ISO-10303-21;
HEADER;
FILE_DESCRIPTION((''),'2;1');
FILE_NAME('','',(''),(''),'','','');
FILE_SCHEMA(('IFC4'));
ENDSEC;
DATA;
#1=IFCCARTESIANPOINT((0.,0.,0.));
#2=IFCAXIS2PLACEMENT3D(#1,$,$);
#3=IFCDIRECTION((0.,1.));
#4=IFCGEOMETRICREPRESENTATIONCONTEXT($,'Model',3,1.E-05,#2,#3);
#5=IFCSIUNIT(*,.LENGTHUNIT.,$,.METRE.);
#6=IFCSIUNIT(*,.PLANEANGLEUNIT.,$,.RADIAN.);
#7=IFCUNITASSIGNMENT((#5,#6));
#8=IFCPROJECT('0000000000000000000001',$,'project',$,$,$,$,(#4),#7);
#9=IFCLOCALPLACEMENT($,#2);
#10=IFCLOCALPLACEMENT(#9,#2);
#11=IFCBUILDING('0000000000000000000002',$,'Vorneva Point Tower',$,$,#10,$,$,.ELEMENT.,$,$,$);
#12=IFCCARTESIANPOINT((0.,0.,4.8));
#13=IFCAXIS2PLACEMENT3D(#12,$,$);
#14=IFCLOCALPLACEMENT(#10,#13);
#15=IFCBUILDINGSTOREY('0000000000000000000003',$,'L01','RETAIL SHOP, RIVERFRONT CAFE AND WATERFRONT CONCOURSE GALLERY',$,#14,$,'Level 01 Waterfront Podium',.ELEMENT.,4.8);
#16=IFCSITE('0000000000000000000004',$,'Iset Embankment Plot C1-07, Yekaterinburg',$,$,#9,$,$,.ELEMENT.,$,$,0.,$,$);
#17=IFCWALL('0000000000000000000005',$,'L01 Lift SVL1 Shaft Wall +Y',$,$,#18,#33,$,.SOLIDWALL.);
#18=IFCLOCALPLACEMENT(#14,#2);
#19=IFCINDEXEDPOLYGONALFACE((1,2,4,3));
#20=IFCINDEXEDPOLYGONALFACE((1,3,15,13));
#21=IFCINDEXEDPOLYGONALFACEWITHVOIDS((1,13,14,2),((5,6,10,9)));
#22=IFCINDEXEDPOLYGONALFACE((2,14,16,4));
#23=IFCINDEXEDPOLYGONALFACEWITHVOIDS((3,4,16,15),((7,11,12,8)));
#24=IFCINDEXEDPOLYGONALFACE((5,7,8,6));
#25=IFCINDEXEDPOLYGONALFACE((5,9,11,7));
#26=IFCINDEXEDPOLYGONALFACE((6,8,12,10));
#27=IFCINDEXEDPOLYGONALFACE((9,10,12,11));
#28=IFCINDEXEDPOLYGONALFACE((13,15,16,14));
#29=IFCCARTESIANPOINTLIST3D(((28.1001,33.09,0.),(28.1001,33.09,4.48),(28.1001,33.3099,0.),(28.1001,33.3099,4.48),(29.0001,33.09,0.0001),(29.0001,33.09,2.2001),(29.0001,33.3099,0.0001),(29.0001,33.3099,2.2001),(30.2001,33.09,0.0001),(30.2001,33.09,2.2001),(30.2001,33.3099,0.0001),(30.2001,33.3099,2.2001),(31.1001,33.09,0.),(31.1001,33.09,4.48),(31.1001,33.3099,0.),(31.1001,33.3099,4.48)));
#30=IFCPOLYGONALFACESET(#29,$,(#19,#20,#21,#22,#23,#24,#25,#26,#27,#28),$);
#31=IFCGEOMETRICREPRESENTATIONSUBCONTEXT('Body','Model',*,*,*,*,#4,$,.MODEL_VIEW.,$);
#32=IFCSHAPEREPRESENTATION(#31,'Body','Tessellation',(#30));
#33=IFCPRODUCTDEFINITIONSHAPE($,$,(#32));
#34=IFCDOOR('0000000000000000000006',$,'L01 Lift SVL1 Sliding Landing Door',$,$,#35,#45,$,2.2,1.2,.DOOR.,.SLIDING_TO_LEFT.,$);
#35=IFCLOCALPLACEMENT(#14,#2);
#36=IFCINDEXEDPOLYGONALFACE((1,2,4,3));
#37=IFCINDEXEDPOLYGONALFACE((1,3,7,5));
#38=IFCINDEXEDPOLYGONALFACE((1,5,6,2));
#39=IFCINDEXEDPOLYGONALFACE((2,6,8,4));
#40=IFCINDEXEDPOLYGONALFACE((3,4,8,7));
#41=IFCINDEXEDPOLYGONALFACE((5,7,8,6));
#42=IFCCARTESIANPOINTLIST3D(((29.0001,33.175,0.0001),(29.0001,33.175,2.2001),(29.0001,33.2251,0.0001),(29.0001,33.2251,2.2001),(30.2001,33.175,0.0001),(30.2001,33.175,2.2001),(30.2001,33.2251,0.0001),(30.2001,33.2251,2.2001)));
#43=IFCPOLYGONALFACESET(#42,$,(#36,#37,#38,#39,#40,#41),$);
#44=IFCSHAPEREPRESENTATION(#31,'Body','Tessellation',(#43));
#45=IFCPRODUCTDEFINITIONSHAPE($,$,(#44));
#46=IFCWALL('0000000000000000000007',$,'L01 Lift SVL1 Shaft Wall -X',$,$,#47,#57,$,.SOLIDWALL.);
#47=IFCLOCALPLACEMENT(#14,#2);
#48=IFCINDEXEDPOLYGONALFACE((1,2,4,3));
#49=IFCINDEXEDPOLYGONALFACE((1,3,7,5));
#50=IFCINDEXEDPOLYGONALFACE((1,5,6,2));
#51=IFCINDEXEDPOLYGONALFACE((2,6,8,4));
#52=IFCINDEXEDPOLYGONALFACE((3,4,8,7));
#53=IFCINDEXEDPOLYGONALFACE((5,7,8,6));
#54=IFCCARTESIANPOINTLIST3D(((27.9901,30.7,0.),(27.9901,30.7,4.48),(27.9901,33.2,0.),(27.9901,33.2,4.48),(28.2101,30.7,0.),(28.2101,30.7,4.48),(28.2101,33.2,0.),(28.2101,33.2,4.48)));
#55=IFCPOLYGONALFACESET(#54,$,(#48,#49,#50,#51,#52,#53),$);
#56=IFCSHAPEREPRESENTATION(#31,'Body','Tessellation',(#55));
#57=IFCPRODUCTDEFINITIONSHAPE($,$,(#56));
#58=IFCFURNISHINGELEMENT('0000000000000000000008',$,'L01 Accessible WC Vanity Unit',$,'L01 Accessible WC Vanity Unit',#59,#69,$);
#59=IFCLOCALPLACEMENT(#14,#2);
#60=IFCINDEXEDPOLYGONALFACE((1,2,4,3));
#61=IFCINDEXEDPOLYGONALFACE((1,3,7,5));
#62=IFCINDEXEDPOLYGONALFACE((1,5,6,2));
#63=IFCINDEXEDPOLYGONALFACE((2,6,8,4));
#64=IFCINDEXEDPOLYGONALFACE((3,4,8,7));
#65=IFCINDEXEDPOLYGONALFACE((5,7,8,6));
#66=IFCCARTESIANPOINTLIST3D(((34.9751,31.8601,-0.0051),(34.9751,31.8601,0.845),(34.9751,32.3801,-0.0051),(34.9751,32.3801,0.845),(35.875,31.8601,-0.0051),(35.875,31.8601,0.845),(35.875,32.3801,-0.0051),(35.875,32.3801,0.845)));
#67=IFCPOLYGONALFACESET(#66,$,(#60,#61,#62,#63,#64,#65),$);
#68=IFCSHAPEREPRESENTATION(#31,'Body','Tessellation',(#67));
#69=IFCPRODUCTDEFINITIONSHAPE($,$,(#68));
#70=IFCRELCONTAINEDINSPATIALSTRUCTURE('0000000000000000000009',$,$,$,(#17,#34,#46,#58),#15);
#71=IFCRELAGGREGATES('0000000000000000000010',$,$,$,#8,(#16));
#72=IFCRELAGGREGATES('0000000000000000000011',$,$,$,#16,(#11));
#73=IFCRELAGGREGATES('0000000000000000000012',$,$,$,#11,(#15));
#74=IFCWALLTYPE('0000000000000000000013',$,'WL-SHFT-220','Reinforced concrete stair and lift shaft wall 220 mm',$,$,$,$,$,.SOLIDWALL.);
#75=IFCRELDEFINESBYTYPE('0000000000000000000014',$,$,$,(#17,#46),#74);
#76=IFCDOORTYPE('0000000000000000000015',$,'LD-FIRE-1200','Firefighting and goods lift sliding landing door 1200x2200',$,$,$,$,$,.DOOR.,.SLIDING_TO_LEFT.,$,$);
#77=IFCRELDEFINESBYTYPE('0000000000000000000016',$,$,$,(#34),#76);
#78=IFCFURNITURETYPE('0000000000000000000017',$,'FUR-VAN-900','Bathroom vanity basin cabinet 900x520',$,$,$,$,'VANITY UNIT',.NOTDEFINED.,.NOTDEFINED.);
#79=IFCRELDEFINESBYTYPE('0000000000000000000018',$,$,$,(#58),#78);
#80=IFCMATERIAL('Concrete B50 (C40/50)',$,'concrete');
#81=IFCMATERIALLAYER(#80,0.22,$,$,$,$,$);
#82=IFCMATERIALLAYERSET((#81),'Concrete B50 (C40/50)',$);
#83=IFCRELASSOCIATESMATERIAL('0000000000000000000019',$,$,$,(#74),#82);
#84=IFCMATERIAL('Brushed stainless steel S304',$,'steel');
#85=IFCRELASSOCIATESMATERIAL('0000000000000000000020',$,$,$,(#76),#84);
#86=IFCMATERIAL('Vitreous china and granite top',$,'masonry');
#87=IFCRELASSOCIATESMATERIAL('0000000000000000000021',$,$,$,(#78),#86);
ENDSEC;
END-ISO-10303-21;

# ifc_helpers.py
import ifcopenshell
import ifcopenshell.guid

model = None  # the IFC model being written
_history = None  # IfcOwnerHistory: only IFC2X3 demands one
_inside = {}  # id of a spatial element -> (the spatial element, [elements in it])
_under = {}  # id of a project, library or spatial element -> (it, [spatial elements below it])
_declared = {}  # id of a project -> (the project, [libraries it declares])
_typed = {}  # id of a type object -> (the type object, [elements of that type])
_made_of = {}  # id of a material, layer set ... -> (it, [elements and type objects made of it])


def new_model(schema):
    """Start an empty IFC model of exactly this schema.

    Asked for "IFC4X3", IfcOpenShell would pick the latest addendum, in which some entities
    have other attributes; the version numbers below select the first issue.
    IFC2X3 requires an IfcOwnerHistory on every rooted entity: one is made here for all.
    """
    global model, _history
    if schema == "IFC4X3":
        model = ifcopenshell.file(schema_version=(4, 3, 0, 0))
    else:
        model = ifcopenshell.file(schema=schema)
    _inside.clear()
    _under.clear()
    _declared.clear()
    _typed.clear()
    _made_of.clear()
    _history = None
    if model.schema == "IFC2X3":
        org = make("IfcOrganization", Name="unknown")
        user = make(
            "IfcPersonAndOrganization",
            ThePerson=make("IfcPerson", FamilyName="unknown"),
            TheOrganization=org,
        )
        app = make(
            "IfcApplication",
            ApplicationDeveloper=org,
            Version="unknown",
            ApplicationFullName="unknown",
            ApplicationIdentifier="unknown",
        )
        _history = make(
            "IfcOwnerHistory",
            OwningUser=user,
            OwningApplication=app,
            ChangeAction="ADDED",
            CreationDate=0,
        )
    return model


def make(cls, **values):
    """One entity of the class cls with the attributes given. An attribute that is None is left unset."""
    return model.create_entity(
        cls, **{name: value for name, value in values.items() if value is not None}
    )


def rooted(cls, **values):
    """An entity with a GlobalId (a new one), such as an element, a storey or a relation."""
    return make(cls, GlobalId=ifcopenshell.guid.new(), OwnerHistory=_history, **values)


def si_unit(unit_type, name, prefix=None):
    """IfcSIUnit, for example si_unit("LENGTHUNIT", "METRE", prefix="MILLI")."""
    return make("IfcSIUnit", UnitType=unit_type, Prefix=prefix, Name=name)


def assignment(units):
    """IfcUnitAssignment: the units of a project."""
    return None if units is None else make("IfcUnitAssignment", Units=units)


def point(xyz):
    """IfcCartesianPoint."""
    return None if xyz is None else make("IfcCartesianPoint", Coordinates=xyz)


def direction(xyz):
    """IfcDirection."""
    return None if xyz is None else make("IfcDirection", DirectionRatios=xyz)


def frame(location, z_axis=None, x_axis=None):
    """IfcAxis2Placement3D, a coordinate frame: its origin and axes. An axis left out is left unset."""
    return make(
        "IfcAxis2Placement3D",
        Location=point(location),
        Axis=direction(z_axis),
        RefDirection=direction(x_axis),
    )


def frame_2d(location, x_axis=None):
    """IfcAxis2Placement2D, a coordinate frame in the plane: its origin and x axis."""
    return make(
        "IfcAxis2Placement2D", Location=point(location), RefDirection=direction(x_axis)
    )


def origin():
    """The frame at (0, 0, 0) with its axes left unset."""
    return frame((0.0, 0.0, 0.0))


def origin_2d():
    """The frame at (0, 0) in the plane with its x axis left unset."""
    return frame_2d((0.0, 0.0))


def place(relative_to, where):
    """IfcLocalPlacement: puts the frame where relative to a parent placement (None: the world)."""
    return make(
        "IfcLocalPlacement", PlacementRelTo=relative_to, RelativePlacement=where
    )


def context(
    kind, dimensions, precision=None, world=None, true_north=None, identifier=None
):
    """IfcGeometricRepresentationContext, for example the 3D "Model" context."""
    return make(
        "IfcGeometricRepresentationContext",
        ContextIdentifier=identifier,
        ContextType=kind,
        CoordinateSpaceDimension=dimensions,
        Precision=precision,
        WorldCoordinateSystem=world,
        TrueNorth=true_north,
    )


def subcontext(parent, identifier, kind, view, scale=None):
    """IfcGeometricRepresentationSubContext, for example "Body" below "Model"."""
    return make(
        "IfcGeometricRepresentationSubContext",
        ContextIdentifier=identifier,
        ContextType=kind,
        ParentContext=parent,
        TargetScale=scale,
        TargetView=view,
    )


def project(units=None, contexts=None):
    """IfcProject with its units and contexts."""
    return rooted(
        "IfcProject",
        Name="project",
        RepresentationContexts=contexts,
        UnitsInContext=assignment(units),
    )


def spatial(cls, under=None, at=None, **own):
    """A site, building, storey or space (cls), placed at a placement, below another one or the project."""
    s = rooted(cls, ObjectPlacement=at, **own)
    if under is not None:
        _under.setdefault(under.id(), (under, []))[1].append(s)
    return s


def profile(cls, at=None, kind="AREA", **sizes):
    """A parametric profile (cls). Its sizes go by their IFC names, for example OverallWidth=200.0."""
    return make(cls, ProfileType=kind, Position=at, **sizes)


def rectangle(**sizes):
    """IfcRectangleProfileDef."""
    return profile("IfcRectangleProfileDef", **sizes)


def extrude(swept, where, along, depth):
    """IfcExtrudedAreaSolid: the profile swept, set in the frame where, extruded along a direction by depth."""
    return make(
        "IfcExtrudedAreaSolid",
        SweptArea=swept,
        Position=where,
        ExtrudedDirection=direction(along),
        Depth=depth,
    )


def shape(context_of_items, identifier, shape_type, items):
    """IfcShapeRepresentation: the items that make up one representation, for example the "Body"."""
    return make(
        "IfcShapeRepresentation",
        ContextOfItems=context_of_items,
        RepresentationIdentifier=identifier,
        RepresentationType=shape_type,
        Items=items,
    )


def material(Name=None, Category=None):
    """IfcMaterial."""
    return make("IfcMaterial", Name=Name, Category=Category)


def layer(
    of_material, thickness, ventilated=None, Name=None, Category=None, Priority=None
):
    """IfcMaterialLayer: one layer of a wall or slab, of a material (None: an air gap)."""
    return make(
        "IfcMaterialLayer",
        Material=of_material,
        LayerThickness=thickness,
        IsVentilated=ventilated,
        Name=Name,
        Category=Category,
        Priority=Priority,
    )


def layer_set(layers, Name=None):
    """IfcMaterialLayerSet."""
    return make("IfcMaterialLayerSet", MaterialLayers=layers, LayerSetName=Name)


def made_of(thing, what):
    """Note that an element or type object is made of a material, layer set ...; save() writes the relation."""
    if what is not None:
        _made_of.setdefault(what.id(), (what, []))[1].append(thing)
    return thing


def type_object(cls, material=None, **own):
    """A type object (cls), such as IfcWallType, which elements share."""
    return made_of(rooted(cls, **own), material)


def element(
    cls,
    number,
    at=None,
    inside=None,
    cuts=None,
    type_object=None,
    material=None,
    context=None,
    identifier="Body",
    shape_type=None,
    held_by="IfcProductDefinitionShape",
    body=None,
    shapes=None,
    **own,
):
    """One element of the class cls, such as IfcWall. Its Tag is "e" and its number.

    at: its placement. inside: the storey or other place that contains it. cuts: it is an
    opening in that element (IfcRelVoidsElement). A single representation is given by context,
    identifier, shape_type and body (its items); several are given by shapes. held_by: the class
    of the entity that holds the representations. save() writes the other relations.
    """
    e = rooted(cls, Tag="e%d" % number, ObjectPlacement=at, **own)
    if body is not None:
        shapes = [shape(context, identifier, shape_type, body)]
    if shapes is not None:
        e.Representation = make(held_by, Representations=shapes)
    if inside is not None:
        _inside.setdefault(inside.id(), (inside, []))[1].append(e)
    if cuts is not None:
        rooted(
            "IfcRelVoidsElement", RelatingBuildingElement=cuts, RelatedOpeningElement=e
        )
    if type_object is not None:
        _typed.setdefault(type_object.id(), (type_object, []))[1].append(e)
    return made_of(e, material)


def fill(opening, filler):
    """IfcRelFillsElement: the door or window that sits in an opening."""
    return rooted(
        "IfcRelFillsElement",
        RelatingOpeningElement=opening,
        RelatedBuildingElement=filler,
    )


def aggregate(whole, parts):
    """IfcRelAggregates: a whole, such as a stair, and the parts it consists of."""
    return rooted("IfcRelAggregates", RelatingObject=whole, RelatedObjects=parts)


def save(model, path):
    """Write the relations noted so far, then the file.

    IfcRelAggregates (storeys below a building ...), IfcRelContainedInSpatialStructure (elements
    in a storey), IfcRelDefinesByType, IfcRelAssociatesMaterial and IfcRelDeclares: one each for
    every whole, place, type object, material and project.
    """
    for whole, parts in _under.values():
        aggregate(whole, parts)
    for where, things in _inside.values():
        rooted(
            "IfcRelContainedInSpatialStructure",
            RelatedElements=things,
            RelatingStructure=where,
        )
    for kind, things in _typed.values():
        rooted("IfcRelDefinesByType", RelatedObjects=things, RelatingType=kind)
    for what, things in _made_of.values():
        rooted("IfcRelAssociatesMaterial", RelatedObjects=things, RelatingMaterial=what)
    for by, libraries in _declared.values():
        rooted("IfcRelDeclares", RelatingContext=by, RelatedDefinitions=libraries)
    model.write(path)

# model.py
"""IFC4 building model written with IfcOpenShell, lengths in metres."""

from ifc_helpers import new_model, si_unit, direction, frame, frame_2d, origin, origin_2d, place, context, subcontext, project, spatial, rectangle, extrude, material, layer, layer_set, type_object, element, fill, save


model = new_model("IFC4")

# Units and contexts
model_context = context("Model", 3, precision=1e-05, world=origin(), true_north=direction((0.0, 1.0)))
body_context = subcontext(model_context, "Body", "Model", "MODEL_VIEW")
ifc_project = project(units=[si_unit("LENGTHUNIT", "METRE"), si_unit("PLANEANGLEUNIT", "RADIAN")], contexts=[model_context])

# Site, building, storey
site_placement = place(None, origin())
site = spatial("IfcSite", under=ifc_project, at=site_placement, Name="Iset Embankment Plot C1-07, Yekaterinburg", CompositionType="ELEMENT", RefElevation=0.0)
building_placement = place(site_placement, origin())
building = spatial("IfcBuilding", under=site, at=building_placement, Name="Vorneva Point Tower", CompositionType="ELEMENT")
storey_placement = place(building_placement, frame((0.0, 0.0, 4.8)))
storey = spatial("IfcBuildingStorey", under=building, at=storey_placement, Name="L01", Description="RETAIL SHOP, RIVERFRONT CAFE AND WATERFRONT CONCOURSE GALLERY", LongName="Level 01 Waterfront Podium", CompositionType="ELEMENT", Elevation=4.8)

# Shared definitions
ifc_material_1 = material(Name="Concrete B50 (C40/50)", Category="concrete")
ifc_layer_1 = layer(ifc_material_1, 0.22)
ifc_layer_set_1 = layer_set([ifc_layer_1], Name="Concrete B50 (C40/50)")
wall_type_1 = type_object("IfcWallType", Name="WL-SHFT-220", Description="Reinforced concrete stair and lift shaft wall 220 mm", PredefinedType="SOLIDWALL", material=ifc_layer_set_1)

# Wall, opening, door
wall_1_placement = place(storey_placement, frame((31.1001, 33.2, 0.0), z_axis=(0.0, 0.0, 1.0), x_axis=(-1.0, 0.0, 0.0)))
wall_1 = element("IfcWall", 1, at=wall_1_placement, inside=storey, type_object=wall_type_1, Name="L01 Lift SVL1 Shaft Wall +Y", PredefinedType="SOLIDWALL", context=body_context, shape_type="SweptSolid", body=[
    extrude(rectangle(XDim=3.0, YDim=0.22, at=frame_2d((1.5, 0.0))), origin(), (0.0, 0.0, 1.0), 4.48),
])
opening_1_placement = place(wall_1_placement, frame((0.8999, 0.0, 0.0)))
opening_1 = element("IfcOpeningElement", 2, at=opening_1_placement, cuts=wall_1, PredefinedType="OPENING", context=body_context, shape_type="SweptSolid", body=[
    extrude(rectangle(XDim=1.2, YDim=2.2, at=frame_2d((0.6001, 1.1001))), frame((0.0, 0.125, 0.0), z_axis=(0.0, -1.0, 0.0), x_axis=(1.0, 0.0, 0.0)), (0.0, 0.0, 1.0), 0.2498),
])
ifc_material_2 = material(Name="Brushed stainless steel S304", Category="steel")
door_type_1 = type_object("IfcDoorType", Name="LD-FIRE-1200", Description="Firefighting and goods lift sliding landing door 1200x2200", OperationType="SLIDING_TO_LEFT", PredefinedType="DOOR", material=ifc_material_2)
door_1_placement = place(opening_1_placement, origin())
door_1 = element("IfcDoor", 3, at=door_1_placement, inside=storey, type_object=door_type_1, Name="L01 Lift SVL1 Sliding Landing Door", OperationType="SLIDING_TO_LEFT", OverallHeight=2.2, OverallWidth=1.2, PredefinedType="DOOR", context=body_context, shape_type="SweptSolid", body=[
    extrude(rectangle(XDim=1.2, YDim=2.2, at=frame_2d((0.6001, 1.1001))), frame((0.0, 0.0249, 0.0), z_axis=(0.0, -1.0, 0.0), x_axis=(1.0, 0.0, 0.0)), (0.0, 0.0, 1.0), 0.05),
])
fill(opening_1, door_1)

# Wall
wall_2_placement = place(storey_placement, frame((28.1001, 33.2, 0.0), z_axis=(0.0, 0.0, 1.0), x_axis=(0.0, -1.0, 0.0)))
element("IfcWall", 4, at=wall_2_placement, inside=storey, type_object=wall_type_1, Name="L01 Lift SVL1 Shaft Wall -X", PredefinedType="SOLIDWALL", context=body_context, shape_type="SweptSolid", body=[
    extrude(rectangle(XDim=2.5, YDim=0.22, at=frame_2d((1.25, 0.0))), origin(), (0.0, 0.0, 1.0), 4.48),
])

# Furnishing element
ifc_material_3 = material(Name="Vitreous china and granite top", Category="masonry")
furniture_type = type_object("IfcFurnitureType", Name="FUR-VAN-900", Description="Bathroom vanity basin cabinet 900x520", ElementType="VANITY UNIT", AssemblyPlace="NOTDEFINED", PredefinedType="NOTDEFINED", material=ifc_material_3)
furnishing_placement = place(storey_placement, frame((35.425, 32.1201, -0.0051), z_axis=(0.0, 0.0, 1.0), x_axis=(1.0, 0.0, 0.0)))
element("IfcFurnishingElement", 5, at=furnishing_placement, inside=storey, type_object=furniture_type, Name="L01 Accessible WC Vanity Unit", ObjectType="L01 Accessible WC Vanity Unit", context=body_context, shape_type="SweptSolid", body=[
    extrude(rectangle(XDim=0.8999, YDim=0.52, at=origin_2d()), origin(), (0.0, 0.0, 1.0), 0.8501),
])

save(model, "model.ifc")
